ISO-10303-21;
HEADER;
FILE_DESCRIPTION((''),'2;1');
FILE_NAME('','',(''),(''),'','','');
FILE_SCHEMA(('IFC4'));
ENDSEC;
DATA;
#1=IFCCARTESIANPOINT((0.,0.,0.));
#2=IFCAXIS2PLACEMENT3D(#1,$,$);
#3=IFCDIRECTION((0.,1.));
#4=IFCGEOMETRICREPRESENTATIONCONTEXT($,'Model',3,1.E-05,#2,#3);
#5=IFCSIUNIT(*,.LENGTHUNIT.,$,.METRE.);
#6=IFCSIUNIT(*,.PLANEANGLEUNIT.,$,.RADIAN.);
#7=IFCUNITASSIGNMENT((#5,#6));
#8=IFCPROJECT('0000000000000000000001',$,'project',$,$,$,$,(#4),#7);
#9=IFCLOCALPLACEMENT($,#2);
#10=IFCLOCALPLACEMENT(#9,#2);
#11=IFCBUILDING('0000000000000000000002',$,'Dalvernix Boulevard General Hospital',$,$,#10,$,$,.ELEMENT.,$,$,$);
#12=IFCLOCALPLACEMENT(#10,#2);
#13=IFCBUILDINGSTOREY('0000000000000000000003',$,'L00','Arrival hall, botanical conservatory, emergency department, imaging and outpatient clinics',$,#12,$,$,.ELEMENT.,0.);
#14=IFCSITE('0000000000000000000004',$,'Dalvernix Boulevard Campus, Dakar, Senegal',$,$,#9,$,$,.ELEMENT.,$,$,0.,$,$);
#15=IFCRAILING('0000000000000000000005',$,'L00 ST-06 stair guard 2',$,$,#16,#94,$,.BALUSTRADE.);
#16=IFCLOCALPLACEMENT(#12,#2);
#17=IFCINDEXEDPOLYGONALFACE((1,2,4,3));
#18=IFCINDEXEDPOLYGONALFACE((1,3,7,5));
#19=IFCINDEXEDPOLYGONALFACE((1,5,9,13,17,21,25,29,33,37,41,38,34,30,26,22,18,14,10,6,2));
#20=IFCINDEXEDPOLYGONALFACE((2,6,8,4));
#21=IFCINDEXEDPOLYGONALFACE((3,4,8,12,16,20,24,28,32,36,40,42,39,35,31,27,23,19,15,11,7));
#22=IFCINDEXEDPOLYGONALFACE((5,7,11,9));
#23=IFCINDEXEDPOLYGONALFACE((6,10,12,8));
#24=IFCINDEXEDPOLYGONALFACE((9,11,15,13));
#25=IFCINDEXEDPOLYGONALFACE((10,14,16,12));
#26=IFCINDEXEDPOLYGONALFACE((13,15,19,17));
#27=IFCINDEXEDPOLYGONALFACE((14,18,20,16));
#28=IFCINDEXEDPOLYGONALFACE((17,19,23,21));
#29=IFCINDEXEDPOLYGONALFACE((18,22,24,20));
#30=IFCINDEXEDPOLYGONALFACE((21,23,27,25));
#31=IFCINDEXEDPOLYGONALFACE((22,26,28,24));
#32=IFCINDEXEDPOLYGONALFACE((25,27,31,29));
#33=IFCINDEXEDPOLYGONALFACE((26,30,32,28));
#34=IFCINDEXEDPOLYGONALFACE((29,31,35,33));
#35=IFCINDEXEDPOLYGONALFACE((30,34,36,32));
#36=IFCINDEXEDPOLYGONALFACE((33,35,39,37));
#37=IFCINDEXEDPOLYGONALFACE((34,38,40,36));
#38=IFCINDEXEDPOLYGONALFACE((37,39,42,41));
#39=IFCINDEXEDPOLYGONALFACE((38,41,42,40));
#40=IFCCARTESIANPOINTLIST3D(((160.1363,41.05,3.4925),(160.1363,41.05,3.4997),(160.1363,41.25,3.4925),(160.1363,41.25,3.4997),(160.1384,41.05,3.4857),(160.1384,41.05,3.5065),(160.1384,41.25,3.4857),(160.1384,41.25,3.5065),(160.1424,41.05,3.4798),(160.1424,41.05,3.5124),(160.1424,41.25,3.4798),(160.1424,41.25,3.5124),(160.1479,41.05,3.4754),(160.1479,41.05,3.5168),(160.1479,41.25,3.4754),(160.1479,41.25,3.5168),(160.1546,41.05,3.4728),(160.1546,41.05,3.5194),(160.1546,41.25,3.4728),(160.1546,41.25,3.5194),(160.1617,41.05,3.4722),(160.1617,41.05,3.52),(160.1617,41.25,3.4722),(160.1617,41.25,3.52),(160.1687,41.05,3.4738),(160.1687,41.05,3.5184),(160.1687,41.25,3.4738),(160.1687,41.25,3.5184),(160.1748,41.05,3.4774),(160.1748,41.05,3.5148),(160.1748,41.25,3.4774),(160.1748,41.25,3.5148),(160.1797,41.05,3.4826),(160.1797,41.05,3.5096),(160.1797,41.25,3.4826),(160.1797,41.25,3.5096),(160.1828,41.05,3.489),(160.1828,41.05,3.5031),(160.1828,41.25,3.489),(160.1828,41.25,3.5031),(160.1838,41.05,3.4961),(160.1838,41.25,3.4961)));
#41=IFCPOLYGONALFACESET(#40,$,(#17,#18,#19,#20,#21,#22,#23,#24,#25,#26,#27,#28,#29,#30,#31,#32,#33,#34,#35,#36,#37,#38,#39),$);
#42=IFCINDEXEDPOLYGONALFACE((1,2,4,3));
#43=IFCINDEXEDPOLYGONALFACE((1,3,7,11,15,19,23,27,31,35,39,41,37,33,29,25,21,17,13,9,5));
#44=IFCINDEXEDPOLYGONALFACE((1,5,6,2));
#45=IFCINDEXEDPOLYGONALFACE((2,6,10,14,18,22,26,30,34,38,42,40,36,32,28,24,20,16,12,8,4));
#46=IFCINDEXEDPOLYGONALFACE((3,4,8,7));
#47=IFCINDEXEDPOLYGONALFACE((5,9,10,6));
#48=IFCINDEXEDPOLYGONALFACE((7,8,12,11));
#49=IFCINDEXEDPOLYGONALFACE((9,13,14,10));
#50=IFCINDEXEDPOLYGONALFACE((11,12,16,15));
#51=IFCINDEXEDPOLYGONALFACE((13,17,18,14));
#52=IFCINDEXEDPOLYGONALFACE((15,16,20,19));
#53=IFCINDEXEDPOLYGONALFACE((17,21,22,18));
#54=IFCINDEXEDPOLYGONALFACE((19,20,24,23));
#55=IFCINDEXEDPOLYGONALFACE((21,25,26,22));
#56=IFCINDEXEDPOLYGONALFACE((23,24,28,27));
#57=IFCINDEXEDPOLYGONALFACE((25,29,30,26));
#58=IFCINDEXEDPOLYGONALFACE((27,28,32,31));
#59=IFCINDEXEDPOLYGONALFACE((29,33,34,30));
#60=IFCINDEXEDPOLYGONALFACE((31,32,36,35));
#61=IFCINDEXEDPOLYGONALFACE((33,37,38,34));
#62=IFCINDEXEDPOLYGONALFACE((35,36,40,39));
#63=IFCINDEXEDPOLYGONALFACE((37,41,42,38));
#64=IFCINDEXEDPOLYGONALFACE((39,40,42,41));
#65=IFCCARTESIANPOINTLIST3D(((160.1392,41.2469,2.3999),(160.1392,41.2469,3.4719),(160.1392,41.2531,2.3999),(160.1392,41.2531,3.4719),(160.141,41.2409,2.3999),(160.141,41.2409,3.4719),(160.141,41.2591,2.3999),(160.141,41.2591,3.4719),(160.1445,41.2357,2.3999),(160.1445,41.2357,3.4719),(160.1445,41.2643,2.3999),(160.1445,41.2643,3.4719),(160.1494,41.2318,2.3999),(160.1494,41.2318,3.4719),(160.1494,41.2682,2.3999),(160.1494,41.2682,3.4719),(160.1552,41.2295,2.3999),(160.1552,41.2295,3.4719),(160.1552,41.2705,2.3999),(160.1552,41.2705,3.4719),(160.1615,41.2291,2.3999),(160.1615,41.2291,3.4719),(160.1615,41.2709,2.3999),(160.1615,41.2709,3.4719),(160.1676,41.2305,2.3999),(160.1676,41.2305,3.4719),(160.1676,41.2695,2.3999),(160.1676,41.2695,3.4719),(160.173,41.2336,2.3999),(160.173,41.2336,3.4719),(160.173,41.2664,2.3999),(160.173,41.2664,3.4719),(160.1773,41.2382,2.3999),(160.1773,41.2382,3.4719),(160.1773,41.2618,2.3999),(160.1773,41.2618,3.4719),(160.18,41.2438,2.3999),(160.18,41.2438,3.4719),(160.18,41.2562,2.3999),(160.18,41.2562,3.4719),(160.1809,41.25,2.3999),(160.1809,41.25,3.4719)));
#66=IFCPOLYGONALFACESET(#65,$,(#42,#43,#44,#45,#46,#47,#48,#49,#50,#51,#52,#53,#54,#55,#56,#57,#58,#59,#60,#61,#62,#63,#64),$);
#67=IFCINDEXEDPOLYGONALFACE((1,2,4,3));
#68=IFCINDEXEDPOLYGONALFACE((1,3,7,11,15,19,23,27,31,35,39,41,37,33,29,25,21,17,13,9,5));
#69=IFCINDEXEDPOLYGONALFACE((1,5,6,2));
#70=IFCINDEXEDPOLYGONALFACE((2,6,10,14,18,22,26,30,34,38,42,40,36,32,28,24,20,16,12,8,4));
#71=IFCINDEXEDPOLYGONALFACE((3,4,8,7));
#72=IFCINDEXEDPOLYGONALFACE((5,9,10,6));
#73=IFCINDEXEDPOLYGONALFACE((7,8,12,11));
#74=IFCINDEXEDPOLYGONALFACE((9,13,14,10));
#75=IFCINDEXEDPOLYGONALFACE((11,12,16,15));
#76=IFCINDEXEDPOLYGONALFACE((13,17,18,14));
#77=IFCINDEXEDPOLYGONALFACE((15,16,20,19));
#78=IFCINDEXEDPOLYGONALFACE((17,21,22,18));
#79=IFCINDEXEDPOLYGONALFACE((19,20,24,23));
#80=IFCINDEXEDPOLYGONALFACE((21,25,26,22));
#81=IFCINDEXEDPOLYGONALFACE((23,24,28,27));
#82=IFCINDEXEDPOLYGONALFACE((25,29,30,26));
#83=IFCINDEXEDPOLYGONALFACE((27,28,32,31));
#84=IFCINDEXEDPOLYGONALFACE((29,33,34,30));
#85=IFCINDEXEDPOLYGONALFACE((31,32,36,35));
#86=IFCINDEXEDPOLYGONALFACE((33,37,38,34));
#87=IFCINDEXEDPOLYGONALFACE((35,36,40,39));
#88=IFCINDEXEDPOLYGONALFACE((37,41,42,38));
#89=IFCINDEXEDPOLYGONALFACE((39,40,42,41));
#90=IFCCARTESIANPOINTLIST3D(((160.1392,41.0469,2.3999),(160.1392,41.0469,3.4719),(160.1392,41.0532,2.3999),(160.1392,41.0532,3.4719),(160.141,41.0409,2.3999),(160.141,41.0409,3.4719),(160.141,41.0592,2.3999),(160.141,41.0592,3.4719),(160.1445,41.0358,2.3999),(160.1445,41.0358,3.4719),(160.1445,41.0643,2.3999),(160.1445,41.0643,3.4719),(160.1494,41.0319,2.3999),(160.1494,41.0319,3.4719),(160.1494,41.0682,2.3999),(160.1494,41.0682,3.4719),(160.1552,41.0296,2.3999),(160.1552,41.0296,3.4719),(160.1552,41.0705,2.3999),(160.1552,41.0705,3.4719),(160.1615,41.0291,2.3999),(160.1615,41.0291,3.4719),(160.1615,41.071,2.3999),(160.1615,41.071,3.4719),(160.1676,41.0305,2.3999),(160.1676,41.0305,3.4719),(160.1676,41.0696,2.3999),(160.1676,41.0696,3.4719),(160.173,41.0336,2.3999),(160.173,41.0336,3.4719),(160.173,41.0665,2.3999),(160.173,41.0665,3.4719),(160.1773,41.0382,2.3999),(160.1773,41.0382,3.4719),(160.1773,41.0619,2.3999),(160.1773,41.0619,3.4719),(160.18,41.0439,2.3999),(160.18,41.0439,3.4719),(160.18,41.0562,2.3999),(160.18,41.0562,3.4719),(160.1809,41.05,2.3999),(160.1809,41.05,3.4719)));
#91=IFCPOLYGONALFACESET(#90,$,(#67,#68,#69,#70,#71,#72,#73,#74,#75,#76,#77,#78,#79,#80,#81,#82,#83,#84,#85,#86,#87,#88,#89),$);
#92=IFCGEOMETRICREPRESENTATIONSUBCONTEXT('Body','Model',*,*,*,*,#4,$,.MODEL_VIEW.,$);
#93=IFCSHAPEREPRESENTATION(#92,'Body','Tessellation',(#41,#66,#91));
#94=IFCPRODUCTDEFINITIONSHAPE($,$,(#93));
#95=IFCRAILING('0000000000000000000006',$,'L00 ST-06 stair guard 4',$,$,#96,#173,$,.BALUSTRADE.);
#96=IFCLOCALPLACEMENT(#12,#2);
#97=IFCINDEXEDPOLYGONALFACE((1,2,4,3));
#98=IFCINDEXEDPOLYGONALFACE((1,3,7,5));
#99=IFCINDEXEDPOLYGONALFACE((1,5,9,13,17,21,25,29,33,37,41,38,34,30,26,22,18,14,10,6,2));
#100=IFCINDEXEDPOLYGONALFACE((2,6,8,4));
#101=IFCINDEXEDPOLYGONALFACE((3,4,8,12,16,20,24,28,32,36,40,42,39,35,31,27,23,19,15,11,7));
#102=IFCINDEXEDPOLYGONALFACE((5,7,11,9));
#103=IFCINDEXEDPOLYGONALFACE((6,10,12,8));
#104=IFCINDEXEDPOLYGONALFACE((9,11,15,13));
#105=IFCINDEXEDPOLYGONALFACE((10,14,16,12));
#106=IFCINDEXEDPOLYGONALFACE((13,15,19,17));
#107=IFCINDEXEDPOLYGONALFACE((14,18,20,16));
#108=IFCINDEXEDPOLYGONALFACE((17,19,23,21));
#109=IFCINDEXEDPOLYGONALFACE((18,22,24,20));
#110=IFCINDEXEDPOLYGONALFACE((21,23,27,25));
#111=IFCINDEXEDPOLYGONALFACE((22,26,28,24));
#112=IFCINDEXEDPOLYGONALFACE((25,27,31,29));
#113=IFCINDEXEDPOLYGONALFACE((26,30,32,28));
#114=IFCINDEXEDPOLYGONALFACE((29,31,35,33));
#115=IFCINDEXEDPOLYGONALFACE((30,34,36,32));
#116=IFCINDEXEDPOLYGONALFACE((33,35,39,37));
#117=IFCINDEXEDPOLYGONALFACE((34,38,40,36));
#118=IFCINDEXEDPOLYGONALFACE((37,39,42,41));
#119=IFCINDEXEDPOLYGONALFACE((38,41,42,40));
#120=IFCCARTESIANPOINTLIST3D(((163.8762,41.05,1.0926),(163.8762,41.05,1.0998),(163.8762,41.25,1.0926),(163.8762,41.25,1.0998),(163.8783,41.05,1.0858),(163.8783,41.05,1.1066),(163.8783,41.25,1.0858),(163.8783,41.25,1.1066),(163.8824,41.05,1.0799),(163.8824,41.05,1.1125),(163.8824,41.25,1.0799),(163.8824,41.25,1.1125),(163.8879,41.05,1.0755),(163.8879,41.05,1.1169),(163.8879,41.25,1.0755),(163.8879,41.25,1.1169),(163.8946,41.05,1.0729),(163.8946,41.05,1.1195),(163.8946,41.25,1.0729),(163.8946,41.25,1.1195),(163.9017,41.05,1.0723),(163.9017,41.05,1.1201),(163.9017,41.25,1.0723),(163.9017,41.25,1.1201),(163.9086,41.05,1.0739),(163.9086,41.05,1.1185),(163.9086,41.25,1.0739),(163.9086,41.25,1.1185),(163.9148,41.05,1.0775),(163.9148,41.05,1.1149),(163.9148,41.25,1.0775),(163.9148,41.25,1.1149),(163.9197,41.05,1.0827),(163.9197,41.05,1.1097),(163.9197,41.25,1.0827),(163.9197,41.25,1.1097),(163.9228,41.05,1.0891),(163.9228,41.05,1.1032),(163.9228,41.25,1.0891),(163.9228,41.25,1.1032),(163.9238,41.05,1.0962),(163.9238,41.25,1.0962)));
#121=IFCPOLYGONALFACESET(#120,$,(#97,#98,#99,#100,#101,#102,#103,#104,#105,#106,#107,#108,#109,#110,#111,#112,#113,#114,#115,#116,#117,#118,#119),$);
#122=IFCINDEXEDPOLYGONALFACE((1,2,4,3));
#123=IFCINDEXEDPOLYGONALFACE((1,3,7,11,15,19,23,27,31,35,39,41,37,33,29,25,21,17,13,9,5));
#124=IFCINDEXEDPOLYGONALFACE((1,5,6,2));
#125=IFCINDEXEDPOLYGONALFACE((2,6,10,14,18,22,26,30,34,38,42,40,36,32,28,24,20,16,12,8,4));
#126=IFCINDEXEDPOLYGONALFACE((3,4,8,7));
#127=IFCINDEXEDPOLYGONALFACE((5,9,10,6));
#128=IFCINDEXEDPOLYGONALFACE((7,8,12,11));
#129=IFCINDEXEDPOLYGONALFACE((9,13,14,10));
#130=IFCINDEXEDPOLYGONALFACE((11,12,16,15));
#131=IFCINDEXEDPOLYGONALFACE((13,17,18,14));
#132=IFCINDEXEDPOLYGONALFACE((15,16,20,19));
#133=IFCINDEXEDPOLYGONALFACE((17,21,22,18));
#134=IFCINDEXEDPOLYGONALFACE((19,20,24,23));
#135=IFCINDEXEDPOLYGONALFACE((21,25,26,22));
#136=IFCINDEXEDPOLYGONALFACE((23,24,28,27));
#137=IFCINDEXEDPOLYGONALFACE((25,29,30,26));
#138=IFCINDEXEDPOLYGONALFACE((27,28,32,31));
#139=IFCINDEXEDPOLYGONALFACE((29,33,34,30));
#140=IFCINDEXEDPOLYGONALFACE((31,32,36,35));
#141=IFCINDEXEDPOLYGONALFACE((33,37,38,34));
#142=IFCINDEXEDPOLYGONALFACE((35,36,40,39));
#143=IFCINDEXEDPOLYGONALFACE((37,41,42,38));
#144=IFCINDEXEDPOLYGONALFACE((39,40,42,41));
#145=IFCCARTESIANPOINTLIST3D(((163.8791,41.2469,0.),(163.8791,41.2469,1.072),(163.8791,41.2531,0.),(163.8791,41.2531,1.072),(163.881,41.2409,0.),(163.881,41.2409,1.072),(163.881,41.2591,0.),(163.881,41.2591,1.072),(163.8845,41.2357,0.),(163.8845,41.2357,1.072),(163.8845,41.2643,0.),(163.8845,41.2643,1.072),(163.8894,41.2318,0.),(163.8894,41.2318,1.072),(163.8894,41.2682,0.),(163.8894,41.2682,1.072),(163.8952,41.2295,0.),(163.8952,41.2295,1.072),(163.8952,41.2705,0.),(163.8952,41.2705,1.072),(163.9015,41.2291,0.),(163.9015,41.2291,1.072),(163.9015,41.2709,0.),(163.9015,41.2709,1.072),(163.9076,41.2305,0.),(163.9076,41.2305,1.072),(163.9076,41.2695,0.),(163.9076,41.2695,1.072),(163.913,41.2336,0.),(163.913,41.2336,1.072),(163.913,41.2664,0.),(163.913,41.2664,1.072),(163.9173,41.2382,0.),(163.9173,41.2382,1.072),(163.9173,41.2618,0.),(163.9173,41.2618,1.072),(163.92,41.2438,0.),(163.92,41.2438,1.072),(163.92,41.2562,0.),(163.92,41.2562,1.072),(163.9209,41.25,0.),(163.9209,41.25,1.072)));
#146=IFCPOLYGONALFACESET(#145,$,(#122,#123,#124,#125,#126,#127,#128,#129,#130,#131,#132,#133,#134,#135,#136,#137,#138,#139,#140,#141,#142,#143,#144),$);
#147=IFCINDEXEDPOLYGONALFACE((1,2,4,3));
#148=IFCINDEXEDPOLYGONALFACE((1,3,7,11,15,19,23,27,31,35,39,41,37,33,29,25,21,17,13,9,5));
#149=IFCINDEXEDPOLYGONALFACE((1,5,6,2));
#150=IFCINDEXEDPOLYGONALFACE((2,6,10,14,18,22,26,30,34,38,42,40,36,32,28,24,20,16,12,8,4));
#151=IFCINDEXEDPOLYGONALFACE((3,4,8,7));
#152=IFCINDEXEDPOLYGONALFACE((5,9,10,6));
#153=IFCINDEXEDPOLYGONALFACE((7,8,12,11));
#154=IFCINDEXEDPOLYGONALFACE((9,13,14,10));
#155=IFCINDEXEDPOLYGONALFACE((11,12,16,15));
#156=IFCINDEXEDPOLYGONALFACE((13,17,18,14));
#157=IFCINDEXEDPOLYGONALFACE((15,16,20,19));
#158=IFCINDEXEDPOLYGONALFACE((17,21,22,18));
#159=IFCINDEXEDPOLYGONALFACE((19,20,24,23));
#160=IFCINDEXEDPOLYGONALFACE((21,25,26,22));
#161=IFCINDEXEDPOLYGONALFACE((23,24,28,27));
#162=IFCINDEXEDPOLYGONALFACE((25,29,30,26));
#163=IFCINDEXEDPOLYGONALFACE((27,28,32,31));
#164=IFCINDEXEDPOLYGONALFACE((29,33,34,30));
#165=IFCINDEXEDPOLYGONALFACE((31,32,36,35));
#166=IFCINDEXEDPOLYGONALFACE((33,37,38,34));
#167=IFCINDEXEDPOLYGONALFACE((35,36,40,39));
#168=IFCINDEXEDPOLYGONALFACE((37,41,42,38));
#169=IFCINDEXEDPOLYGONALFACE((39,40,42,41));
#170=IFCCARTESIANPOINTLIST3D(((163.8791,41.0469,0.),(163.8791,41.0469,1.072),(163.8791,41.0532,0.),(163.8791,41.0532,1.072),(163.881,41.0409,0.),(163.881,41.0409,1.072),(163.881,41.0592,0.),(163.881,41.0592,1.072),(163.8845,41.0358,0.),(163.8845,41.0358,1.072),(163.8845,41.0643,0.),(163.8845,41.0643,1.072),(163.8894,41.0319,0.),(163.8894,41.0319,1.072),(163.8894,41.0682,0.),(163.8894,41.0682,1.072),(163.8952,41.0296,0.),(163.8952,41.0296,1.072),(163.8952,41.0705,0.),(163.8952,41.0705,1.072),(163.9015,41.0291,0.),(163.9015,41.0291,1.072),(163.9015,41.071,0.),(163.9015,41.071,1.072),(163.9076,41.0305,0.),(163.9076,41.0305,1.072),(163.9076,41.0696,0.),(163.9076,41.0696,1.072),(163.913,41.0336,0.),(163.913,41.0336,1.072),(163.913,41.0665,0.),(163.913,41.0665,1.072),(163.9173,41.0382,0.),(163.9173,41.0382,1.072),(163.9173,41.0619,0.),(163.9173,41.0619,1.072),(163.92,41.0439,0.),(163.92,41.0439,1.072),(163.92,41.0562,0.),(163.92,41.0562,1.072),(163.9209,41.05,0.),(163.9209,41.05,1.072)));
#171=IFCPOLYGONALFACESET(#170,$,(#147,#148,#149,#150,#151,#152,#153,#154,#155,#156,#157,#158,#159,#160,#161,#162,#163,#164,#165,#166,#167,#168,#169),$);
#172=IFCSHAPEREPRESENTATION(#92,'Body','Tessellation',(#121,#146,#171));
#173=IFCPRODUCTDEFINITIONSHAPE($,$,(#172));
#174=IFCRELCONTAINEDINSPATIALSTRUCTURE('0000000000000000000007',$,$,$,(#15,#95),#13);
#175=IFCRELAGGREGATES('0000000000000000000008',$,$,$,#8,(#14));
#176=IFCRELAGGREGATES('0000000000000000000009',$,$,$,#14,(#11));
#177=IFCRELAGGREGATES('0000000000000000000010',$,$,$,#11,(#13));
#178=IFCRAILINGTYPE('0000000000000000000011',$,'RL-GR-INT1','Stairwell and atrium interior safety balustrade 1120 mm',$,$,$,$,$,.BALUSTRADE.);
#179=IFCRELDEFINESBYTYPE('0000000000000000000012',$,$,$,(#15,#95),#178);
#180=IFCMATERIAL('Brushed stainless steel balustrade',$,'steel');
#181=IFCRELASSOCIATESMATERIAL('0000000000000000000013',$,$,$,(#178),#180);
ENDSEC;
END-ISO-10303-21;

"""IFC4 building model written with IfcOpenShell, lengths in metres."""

from ifc_helpers import new_model, si_unit, direction, frame, origin, origin_2d, place, context, subcontext, project, spatial, circle, extrude, material, type_object, element, save


model = new_model("IFC4")

# Units and contexts
model_context = context("Model", 3, precision=1e-05, world=origin(), true_north=direction((0.0, 1.0)))
body_context = subcontext(model_context, "Body", "Model", "MODEL_VIEW")
ifc_project = project(units=[si_unit("LENGTHUNIT", "METRE"), si_unit("PLANEANGLEUNIT", "RADIAN")], contexts=[model_context])

# Site, building, storey
site_placement = place(None, origin())
site = spatial("IfcSite", under=ifc_project, at=site_placement, Name="Dalvernix Boulevard Campus, Dakar, Senegal", CompositionType="ELEMENT", RefElevation=0.0)
building_placement = place(site_placement, origin())
building = spatial("IfcBuilding", under=site, at=building_placement, Name="Dalvernix Boulevard General Hospital", CompositionType="ELEMENT")
storey_placement = place(building_placement, origin())
storey = spatial("IfcBuildingStorey", under=building, at=storey_placement, Name="L00", Description="Arrival hall, botanical conservatory, emergency department, imaging and outpatient clinics", CompositionType="ELEMENT", Elevation=0.0)

# Railings
ifc_material_1 = material(Name="Brushed stainless steel balustrade", Category="steel")
railing_type_1 = type_object("IfcRailingType", Name="RL-GR-INT1", Description="Stairwell and atrium interior safety balustrade 1120 mm", PredefinedType="BALUSTRADE", material=ifc_material_1)
for number, where, name in (
    (1, (160.1599, 41.25, 2.3999), "L00 ST-06 stair guard 2"),
    (2, (163.8999, 41.25, 0.0), "L00 ST-06 stair guard 4"),
):
    element("IfcRailing", number, at=place(storey_placement, frame(where)), inside=storey, type_object=railing_type_1, Name=name, PredefinedType="BALUSTRADE", context=body_context, shape_type="SweptSolid", body=[
        extrude(circle(Radius=0.0239, at=origin_2d()), frame((0.0, 0.0, 1.0962), z_axis=(0.0, -1.0, 0.0), x_axis=(1.0, 0.0, 0.0)), (0.0, 0.0, 1.0), 0.2),
        extrude(circle(Radius=0.021, at=origin_2d()), origin(), (0.0, 0.0, 1.0), 1.072),
        extrude(circle(Radius=0.021, at=origin_2d()), frame((0.0, -0.2, 0.0)), (0.0, 0.0, 1.0), 1.072),
    ])

save(model, "model.ifc")
